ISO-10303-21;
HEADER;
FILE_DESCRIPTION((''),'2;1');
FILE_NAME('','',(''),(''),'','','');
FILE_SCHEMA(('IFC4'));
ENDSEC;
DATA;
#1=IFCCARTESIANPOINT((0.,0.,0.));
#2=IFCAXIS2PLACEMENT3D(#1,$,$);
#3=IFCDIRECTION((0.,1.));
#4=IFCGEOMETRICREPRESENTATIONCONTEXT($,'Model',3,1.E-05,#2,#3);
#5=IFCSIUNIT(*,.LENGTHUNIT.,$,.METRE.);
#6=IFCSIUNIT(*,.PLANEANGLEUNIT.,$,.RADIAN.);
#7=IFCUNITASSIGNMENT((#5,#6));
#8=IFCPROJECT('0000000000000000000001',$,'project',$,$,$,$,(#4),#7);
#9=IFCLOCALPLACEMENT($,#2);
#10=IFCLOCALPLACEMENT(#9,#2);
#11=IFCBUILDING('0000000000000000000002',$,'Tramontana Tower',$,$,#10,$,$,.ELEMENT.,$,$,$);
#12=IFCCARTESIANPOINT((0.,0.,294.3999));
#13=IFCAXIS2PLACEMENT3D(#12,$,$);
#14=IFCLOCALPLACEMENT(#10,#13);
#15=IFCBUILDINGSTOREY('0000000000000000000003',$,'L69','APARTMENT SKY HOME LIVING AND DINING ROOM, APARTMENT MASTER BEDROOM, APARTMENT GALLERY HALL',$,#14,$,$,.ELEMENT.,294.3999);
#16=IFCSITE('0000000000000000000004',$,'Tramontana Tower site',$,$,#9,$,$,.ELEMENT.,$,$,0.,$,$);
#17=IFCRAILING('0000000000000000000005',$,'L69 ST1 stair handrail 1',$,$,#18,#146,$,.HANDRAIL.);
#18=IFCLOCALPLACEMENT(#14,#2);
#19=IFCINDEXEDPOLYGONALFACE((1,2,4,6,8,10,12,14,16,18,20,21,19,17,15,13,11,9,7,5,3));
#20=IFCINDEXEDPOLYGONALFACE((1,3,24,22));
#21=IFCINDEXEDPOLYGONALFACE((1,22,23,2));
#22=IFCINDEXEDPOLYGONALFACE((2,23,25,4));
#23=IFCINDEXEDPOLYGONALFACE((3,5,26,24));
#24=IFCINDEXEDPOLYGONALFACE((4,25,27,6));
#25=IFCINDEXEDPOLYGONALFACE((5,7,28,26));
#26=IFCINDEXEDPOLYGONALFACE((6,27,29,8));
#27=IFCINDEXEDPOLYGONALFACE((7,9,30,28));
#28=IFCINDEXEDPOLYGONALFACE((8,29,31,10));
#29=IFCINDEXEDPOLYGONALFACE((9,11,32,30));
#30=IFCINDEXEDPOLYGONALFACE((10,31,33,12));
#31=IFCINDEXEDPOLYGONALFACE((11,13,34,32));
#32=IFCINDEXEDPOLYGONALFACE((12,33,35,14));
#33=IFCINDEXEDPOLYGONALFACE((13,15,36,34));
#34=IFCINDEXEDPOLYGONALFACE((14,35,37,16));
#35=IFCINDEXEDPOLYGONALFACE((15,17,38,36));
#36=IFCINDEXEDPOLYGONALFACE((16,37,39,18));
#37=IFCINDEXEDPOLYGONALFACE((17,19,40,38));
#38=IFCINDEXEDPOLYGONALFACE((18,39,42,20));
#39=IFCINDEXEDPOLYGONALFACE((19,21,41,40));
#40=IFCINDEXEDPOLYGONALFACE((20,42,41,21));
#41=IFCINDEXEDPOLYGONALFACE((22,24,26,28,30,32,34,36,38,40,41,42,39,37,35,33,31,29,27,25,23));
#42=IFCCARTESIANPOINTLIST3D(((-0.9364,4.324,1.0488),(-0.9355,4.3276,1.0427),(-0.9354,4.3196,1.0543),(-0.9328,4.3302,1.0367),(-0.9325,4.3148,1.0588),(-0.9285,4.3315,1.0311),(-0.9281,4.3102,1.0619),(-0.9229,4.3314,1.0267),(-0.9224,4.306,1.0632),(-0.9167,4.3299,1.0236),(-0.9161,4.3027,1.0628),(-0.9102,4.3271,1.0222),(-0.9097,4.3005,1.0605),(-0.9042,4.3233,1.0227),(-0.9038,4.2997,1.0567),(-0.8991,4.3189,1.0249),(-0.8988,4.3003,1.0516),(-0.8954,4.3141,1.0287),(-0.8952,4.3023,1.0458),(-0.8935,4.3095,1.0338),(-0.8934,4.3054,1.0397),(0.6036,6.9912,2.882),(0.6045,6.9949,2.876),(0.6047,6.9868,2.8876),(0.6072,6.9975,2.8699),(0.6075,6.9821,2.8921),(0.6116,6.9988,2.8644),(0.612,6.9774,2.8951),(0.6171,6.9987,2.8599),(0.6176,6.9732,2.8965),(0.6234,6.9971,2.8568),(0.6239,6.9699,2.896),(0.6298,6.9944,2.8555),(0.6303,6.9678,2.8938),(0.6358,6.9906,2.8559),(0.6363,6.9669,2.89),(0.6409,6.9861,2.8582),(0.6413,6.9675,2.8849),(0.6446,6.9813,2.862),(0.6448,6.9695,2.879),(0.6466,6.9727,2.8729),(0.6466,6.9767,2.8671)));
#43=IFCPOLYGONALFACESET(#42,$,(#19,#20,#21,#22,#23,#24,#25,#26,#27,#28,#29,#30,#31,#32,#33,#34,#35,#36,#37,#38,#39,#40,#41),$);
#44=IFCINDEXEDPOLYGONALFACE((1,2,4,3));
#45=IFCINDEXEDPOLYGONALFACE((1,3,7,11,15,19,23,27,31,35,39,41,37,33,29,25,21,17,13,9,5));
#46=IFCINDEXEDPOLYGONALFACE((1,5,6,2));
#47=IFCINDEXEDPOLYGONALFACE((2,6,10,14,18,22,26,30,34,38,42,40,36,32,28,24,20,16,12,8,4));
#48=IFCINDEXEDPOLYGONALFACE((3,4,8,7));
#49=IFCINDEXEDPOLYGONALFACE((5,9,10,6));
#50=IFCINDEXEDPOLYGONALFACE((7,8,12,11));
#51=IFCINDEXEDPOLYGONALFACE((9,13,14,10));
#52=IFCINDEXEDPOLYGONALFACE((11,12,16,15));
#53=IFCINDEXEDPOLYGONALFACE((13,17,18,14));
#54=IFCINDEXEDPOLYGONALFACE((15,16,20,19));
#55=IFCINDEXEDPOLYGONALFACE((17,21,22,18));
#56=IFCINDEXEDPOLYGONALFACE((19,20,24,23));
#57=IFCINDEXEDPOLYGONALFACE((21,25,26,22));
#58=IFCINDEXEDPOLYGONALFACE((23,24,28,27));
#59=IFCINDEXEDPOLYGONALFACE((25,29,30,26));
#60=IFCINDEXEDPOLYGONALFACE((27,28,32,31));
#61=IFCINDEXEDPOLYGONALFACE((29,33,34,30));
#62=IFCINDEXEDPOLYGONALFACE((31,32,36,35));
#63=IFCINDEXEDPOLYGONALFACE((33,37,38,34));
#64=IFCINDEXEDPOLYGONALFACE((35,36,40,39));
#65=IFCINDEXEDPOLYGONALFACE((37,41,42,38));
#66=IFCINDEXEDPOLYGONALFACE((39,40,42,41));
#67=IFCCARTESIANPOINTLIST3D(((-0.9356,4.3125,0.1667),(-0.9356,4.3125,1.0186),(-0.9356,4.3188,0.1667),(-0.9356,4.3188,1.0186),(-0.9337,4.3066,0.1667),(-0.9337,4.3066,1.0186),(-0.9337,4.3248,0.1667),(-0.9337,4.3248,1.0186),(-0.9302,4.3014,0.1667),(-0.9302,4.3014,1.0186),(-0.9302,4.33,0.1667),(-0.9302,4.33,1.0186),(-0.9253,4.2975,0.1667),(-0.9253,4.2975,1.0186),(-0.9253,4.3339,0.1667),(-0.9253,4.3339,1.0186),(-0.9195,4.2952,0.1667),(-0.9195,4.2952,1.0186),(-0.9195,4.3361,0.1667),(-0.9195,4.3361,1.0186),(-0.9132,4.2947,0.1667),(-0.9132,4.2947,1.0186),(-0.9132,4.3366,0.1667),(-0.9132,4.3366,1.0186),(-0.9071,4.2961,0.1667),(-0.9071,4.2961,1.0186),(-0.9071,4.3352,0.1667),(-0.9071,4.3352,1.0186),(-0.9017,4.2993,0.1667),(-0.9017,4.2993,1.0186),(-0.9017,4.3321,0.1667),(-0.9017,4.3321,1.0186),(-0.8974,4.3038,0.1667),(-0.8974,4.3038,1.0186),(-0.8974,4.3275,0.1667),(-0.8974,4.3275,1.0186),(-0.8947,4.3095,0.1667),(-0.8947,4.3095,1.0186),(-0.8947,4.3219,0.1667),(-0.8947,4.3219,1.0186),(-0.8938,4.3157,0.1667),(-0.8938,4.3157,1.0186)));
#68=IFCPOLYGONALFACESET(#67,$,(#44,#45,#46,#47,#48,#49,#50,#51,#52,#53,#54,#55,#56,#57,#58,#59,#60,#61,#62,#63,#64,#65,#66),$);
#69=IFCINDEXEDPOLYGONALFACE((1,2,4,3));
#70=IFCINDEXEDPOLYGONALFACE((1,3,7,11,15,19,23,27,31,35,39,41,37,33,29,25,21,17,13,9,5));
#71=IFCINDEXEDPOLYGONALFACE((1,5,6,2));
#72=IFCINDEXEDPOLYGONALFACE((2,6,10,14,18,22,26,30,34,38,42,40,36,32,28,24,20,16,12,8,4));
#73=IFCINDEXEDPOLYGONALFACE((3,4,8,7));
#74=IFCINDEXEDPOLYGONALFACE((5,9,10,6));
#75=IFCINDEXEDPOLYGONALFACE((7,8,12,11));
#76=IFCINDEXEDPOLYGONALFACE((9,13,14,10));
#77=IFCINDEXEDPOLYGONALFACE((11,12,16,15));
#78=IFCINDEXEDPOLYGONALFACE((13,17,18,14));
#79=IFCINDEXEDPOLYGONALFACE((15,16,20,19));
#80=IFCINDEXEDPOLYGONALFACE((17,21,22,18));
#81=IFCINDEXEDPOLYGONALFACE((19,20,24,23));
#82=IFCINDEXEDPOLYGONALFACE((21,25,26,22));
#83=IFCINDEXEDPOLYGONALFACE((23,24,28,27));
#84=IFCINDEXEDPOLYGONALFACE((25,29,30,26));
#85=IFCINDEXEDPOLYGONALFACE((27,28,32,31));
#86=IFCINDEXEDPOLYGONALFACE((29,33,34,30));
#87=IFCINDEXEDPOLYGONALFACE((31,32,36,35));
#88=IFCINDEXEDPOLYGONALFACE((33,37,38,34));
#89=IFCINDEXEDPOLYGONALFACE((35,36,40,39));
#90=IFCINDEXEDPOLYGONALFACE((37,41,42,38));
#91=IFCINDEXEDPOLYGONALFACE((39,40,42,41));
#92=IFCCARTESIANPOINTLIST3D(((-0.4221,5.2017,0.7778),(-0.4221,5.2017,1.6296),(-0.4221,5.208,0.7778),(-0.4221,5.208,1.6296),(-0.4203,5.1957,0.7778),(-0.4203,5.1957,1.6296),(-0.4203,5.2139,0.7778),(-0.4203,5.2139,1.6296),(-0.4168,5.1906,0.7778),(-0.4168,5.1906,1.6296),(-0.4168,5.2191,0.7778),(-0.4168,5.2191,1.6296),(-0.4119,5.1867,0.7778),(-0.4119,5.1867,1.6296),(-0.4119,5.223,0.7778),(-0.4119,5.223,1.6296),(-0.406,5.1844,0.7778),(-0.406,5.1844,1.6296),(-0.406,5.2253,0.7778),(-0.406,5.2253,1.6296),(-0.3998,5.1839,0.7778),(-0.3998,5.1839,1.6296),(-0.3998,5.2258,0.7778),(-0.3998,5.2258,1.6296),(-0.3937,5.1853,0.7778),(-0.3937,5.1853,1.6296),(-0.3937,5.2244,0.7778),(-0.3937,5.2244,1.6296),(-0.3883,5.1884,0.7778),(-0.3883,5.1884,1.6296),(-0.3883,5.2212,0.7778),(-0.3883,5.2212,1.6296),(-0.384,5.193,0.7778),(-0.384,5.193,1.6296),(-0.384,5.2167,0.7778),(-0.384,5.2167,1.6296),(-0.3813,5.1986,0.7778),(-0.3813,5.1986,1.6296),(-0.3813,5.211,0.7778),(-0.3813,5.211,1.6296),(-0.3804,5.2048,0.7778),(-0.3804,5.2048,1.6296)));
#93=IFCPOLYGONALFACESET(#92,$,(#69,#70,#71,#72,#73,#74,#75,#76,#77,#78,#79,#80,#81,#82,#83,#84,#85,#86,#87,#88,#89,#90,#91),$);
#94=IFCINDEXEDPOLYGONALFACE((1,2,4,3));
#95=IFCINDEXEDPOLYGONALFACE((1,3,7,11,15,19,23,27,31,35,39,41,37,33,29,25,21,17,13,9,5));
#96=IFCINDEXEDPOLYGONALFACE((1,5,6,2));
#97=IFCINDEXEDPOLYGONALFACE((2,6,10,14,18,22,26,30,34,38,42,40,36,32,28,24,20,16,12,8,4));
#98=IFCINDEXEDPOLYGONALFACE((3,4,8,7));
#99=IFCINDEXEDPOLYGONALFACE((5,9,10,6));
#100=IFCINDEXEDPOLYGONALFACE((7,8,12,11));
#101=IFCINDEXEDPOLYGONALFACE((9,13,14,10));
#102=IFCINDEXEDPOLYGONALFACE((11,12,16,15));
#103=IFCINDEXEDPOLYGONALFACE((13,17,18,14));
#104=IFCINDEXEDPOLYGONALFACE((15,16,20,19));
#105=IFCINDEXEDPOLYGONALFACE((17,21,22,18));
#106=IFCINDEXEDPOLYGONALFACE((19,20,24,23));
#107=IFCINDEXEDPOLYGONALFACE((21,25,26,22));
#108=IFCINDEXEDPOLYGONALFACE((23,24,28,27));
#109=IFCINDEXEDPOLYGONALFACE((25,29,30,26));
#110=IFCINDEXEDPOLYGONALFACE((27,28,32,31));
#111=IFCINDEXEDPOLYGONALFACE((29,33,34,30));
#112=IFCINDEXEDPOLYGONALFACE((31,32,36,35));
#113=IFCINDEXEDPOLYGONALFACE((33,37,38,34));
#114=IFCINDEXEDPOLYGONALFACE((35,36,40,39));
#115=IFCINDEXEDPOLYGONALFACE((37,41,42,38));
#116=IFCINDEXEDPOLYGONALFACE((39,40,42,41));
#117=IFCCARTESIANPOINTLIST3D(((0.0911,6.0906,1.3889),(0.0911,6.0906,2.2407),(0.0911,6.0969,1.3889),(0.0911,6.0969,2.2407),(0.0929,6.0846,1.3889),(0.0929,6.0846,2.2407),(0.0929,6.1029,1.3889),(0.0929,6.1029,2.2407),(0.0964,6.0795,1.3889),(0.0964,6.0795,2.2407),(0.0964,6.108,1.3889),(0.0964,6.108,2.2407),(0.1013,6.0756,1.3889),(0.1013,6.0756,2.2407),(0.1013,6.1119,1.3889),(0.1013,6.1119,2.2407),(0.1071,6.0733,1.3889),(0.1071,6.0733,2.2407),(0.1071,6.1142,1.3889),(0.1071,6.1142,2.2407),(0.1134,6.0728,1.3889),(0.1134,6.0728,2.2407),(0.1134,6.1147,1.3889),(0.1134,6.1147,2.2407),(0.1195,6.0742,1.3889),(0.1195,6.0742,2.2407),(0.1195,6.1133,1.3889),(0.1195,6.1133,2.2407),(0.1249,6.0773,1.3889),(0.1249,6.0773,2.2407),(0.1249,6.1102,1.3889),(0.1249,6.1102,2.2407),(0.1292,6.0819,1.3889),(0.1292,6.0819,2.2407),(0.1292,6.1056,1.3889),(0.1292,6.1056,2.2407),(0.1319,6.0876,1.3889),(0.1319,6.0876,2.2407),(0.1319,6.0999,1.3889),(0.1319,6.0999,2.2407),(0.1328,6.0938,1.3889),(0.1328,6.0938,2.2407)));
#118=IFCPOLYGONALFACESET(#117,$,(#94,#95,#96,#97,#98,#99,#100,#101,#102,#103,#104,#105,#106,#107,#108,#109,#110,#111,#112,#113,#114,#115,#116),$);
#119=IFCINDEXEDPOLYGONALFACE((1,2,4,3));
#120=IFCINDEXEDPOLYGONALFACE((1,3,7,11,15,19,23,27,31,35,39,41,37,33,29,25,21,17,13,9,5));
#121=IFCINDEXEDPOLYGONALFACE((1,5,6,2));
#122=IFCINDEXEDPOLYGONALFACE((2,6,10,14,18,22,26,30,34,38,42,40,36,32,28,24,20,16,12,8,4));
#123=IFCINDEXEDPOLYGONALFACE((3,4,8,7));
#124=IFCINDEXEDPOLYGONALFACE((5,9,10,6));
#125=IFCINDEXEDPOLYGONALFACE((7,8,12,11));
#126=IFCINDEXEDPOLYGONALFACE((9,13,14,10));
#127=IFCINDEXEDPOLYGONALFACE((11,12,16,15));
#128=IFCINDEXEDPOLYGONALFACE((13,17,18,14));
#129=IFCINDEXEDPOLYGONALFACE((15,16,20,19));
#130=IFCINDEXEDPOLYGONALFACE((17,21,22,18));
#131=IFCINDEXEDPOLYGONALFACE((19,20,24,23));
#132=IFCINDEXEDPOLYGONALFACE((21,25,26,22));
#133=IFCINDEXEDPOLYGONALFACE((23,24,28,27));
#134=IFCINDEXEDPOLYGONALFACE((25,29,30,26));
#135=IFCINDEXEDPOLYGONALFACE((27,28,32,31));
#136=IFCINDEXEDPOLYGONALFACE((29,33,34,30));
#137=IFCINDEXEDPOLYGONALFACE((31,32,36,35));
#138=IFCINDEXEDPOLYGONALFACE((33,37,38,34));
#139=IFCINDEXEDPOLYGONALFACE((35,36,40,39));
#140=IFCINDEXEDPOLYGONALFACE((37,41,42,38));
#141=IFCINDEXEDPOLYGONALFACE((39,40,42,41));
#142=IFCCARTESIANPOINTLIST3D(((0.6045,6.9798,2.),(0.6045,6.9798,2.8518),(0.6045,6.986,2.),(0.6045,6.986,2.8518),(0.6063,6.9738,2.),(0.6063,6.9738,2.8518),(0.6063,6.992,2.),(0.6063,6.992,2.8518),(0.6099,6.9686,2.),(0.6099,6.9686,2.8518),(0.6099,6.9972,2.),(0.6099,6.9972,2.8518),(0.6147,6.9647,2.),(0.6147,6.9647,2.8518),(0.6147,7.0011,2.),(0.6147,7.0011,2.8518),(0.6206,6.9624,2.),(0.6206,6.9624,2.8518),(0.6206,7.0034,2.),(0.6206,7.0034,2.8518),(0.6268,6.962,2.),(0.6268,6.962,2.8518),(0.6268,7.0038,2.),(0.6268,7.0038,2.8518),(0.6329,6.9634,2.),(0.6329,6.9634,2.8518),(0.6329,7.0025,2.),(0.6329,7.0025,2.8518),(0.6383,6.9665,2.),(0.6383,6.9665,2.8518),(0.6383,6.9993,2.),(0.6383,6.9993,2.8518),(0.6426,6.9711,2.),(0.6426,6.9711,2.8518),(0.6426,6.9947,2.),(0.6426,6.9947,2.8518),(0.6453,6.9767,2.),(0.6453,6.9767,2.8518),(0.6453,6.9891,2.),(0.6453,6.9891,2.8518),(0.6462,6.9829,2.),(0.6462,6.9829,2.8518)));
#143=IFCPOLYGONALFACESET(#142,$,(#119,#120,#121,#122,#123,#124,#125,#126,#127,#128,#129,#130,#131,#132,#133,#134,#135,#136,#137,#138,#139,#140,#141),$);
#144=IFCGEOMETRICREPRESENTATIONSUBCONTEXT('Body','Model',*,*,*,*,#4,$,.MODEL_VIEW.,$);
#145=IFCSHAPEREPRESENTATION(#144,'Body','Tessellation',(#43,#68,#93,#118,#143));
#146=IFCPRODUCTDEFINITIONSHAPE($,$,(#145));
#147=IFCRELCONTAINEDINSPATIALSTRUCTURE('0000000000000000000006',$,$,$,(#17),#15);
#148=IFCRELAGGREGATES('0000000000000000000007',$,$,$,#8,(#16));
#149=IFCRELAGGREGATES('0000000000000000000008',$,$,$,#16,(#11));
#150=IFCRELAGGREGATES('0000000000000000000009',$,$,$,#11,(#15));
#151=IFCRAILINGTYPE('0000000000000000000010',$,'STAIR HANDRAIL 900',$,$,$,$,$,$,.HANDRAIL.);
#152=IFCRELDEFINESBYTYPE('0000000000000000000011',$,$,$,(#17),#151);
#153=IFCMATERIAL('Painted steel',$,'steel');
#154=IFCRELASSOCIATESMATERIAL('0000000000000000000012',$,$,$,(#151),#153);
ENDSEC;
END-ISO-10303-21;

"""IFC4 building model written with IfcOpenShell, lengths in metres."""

from ifc_helpers import new_model, si_unit, direction, frame, origin, origin_2d, place, context, subcontext, project, spatial, circle, extrude, material, type_object, element, save


model = new_model("IFC4")

# Units and contexts
model_context = context("Model", 3, precision=1e-05, world=origin(), true_north=direction((0.0, 1.0)))
body_context = subcontext(model_context, "Body", "Model", "MODEL_VIEW")
ifc_project = project(units=[si_unit("LENGTHUNIT", "METRE"), si_unit("PLANEANGLEUNIT", "RADIAN")], contexts=[model_context])

# Site, building, storey
site_placement = place(None, origin())
site = spatial("IfcSite", under=ifc_project, at=site_placement, Name="Tramontana Tower site", CompositionType="ELEMENT", RefElevation=0.0)
building_placement = place(site_placement, origin())
building = spatial("IfcBuilding", under=site, at=building_placement, Name="Tramontana Tower", CompositionType="ELEMENT")
storey_placement = place(building_placement, frame((0.0, 0.0, 294.3999)))
storey = spatial("IfcBuildingStorey", under=building, at=storey_placement, Name="L69", Description="APARTMENT SKY HOME LIVING AND DINING ROOM, APARTMENT MASTER BEDROOM, APARTMENT GALLERY HALL", CompositionType="ELEMENT", Elevation=294.3999)

# Railing
ifc_material_1 = material(Name="Painted steel", Category="steel")
railing_type_1 = type_object("IfcRailingType", Name="STAIR HANDRAIL 900", PredefinedType="HANDRAIL", material=ifc_material_1)
railing_1_placement = place(storey_placement, frame((-0.9148, 4.3157, 0.1667)))
element("IfcRailing", 1, at=railing_1_placement, inside=storey, type_object=railing_type_1, Name="L69 ST1 stair handrail 1", PredefinedType="HANDRAIL", context=body_context, shape_type="SweptSolid", body=[
    extrude(circle(Radius=0.0239, at=origin_2d()), frame((0.0, 0.0, 0.876), z_axis=(0.429671, 0.744159, 0.511478), x_axis=(-0.86601, 0.500027, 0.0)), (0.0, 0.0, 1.0), 3.5842),
    extrude(circle(Radius=0.021, at=origin_2d()), origin(), (0.0, 0.0, 1.0), 0.8518),
    extrude(circle(Radius=0.021, at=origin_2d()), frame((0.5134, 0.8892, 0.6111)), (0.0, 0.0, 1.0), 0.8518),
    extrude(circle(Radius=0.021, at=origin_2d()), frame((1.0266, 1.7781, 1.2222)), (0.0, 0.0, 1.0), 0.8518),
    extrude(circle(Radius=0.021, at=origin_2d()), frame((1.54, 2.6672, 1.8333)), (0.0, 0.0, 1.0), 0.8518),
])

save(model, "model.ifc")
